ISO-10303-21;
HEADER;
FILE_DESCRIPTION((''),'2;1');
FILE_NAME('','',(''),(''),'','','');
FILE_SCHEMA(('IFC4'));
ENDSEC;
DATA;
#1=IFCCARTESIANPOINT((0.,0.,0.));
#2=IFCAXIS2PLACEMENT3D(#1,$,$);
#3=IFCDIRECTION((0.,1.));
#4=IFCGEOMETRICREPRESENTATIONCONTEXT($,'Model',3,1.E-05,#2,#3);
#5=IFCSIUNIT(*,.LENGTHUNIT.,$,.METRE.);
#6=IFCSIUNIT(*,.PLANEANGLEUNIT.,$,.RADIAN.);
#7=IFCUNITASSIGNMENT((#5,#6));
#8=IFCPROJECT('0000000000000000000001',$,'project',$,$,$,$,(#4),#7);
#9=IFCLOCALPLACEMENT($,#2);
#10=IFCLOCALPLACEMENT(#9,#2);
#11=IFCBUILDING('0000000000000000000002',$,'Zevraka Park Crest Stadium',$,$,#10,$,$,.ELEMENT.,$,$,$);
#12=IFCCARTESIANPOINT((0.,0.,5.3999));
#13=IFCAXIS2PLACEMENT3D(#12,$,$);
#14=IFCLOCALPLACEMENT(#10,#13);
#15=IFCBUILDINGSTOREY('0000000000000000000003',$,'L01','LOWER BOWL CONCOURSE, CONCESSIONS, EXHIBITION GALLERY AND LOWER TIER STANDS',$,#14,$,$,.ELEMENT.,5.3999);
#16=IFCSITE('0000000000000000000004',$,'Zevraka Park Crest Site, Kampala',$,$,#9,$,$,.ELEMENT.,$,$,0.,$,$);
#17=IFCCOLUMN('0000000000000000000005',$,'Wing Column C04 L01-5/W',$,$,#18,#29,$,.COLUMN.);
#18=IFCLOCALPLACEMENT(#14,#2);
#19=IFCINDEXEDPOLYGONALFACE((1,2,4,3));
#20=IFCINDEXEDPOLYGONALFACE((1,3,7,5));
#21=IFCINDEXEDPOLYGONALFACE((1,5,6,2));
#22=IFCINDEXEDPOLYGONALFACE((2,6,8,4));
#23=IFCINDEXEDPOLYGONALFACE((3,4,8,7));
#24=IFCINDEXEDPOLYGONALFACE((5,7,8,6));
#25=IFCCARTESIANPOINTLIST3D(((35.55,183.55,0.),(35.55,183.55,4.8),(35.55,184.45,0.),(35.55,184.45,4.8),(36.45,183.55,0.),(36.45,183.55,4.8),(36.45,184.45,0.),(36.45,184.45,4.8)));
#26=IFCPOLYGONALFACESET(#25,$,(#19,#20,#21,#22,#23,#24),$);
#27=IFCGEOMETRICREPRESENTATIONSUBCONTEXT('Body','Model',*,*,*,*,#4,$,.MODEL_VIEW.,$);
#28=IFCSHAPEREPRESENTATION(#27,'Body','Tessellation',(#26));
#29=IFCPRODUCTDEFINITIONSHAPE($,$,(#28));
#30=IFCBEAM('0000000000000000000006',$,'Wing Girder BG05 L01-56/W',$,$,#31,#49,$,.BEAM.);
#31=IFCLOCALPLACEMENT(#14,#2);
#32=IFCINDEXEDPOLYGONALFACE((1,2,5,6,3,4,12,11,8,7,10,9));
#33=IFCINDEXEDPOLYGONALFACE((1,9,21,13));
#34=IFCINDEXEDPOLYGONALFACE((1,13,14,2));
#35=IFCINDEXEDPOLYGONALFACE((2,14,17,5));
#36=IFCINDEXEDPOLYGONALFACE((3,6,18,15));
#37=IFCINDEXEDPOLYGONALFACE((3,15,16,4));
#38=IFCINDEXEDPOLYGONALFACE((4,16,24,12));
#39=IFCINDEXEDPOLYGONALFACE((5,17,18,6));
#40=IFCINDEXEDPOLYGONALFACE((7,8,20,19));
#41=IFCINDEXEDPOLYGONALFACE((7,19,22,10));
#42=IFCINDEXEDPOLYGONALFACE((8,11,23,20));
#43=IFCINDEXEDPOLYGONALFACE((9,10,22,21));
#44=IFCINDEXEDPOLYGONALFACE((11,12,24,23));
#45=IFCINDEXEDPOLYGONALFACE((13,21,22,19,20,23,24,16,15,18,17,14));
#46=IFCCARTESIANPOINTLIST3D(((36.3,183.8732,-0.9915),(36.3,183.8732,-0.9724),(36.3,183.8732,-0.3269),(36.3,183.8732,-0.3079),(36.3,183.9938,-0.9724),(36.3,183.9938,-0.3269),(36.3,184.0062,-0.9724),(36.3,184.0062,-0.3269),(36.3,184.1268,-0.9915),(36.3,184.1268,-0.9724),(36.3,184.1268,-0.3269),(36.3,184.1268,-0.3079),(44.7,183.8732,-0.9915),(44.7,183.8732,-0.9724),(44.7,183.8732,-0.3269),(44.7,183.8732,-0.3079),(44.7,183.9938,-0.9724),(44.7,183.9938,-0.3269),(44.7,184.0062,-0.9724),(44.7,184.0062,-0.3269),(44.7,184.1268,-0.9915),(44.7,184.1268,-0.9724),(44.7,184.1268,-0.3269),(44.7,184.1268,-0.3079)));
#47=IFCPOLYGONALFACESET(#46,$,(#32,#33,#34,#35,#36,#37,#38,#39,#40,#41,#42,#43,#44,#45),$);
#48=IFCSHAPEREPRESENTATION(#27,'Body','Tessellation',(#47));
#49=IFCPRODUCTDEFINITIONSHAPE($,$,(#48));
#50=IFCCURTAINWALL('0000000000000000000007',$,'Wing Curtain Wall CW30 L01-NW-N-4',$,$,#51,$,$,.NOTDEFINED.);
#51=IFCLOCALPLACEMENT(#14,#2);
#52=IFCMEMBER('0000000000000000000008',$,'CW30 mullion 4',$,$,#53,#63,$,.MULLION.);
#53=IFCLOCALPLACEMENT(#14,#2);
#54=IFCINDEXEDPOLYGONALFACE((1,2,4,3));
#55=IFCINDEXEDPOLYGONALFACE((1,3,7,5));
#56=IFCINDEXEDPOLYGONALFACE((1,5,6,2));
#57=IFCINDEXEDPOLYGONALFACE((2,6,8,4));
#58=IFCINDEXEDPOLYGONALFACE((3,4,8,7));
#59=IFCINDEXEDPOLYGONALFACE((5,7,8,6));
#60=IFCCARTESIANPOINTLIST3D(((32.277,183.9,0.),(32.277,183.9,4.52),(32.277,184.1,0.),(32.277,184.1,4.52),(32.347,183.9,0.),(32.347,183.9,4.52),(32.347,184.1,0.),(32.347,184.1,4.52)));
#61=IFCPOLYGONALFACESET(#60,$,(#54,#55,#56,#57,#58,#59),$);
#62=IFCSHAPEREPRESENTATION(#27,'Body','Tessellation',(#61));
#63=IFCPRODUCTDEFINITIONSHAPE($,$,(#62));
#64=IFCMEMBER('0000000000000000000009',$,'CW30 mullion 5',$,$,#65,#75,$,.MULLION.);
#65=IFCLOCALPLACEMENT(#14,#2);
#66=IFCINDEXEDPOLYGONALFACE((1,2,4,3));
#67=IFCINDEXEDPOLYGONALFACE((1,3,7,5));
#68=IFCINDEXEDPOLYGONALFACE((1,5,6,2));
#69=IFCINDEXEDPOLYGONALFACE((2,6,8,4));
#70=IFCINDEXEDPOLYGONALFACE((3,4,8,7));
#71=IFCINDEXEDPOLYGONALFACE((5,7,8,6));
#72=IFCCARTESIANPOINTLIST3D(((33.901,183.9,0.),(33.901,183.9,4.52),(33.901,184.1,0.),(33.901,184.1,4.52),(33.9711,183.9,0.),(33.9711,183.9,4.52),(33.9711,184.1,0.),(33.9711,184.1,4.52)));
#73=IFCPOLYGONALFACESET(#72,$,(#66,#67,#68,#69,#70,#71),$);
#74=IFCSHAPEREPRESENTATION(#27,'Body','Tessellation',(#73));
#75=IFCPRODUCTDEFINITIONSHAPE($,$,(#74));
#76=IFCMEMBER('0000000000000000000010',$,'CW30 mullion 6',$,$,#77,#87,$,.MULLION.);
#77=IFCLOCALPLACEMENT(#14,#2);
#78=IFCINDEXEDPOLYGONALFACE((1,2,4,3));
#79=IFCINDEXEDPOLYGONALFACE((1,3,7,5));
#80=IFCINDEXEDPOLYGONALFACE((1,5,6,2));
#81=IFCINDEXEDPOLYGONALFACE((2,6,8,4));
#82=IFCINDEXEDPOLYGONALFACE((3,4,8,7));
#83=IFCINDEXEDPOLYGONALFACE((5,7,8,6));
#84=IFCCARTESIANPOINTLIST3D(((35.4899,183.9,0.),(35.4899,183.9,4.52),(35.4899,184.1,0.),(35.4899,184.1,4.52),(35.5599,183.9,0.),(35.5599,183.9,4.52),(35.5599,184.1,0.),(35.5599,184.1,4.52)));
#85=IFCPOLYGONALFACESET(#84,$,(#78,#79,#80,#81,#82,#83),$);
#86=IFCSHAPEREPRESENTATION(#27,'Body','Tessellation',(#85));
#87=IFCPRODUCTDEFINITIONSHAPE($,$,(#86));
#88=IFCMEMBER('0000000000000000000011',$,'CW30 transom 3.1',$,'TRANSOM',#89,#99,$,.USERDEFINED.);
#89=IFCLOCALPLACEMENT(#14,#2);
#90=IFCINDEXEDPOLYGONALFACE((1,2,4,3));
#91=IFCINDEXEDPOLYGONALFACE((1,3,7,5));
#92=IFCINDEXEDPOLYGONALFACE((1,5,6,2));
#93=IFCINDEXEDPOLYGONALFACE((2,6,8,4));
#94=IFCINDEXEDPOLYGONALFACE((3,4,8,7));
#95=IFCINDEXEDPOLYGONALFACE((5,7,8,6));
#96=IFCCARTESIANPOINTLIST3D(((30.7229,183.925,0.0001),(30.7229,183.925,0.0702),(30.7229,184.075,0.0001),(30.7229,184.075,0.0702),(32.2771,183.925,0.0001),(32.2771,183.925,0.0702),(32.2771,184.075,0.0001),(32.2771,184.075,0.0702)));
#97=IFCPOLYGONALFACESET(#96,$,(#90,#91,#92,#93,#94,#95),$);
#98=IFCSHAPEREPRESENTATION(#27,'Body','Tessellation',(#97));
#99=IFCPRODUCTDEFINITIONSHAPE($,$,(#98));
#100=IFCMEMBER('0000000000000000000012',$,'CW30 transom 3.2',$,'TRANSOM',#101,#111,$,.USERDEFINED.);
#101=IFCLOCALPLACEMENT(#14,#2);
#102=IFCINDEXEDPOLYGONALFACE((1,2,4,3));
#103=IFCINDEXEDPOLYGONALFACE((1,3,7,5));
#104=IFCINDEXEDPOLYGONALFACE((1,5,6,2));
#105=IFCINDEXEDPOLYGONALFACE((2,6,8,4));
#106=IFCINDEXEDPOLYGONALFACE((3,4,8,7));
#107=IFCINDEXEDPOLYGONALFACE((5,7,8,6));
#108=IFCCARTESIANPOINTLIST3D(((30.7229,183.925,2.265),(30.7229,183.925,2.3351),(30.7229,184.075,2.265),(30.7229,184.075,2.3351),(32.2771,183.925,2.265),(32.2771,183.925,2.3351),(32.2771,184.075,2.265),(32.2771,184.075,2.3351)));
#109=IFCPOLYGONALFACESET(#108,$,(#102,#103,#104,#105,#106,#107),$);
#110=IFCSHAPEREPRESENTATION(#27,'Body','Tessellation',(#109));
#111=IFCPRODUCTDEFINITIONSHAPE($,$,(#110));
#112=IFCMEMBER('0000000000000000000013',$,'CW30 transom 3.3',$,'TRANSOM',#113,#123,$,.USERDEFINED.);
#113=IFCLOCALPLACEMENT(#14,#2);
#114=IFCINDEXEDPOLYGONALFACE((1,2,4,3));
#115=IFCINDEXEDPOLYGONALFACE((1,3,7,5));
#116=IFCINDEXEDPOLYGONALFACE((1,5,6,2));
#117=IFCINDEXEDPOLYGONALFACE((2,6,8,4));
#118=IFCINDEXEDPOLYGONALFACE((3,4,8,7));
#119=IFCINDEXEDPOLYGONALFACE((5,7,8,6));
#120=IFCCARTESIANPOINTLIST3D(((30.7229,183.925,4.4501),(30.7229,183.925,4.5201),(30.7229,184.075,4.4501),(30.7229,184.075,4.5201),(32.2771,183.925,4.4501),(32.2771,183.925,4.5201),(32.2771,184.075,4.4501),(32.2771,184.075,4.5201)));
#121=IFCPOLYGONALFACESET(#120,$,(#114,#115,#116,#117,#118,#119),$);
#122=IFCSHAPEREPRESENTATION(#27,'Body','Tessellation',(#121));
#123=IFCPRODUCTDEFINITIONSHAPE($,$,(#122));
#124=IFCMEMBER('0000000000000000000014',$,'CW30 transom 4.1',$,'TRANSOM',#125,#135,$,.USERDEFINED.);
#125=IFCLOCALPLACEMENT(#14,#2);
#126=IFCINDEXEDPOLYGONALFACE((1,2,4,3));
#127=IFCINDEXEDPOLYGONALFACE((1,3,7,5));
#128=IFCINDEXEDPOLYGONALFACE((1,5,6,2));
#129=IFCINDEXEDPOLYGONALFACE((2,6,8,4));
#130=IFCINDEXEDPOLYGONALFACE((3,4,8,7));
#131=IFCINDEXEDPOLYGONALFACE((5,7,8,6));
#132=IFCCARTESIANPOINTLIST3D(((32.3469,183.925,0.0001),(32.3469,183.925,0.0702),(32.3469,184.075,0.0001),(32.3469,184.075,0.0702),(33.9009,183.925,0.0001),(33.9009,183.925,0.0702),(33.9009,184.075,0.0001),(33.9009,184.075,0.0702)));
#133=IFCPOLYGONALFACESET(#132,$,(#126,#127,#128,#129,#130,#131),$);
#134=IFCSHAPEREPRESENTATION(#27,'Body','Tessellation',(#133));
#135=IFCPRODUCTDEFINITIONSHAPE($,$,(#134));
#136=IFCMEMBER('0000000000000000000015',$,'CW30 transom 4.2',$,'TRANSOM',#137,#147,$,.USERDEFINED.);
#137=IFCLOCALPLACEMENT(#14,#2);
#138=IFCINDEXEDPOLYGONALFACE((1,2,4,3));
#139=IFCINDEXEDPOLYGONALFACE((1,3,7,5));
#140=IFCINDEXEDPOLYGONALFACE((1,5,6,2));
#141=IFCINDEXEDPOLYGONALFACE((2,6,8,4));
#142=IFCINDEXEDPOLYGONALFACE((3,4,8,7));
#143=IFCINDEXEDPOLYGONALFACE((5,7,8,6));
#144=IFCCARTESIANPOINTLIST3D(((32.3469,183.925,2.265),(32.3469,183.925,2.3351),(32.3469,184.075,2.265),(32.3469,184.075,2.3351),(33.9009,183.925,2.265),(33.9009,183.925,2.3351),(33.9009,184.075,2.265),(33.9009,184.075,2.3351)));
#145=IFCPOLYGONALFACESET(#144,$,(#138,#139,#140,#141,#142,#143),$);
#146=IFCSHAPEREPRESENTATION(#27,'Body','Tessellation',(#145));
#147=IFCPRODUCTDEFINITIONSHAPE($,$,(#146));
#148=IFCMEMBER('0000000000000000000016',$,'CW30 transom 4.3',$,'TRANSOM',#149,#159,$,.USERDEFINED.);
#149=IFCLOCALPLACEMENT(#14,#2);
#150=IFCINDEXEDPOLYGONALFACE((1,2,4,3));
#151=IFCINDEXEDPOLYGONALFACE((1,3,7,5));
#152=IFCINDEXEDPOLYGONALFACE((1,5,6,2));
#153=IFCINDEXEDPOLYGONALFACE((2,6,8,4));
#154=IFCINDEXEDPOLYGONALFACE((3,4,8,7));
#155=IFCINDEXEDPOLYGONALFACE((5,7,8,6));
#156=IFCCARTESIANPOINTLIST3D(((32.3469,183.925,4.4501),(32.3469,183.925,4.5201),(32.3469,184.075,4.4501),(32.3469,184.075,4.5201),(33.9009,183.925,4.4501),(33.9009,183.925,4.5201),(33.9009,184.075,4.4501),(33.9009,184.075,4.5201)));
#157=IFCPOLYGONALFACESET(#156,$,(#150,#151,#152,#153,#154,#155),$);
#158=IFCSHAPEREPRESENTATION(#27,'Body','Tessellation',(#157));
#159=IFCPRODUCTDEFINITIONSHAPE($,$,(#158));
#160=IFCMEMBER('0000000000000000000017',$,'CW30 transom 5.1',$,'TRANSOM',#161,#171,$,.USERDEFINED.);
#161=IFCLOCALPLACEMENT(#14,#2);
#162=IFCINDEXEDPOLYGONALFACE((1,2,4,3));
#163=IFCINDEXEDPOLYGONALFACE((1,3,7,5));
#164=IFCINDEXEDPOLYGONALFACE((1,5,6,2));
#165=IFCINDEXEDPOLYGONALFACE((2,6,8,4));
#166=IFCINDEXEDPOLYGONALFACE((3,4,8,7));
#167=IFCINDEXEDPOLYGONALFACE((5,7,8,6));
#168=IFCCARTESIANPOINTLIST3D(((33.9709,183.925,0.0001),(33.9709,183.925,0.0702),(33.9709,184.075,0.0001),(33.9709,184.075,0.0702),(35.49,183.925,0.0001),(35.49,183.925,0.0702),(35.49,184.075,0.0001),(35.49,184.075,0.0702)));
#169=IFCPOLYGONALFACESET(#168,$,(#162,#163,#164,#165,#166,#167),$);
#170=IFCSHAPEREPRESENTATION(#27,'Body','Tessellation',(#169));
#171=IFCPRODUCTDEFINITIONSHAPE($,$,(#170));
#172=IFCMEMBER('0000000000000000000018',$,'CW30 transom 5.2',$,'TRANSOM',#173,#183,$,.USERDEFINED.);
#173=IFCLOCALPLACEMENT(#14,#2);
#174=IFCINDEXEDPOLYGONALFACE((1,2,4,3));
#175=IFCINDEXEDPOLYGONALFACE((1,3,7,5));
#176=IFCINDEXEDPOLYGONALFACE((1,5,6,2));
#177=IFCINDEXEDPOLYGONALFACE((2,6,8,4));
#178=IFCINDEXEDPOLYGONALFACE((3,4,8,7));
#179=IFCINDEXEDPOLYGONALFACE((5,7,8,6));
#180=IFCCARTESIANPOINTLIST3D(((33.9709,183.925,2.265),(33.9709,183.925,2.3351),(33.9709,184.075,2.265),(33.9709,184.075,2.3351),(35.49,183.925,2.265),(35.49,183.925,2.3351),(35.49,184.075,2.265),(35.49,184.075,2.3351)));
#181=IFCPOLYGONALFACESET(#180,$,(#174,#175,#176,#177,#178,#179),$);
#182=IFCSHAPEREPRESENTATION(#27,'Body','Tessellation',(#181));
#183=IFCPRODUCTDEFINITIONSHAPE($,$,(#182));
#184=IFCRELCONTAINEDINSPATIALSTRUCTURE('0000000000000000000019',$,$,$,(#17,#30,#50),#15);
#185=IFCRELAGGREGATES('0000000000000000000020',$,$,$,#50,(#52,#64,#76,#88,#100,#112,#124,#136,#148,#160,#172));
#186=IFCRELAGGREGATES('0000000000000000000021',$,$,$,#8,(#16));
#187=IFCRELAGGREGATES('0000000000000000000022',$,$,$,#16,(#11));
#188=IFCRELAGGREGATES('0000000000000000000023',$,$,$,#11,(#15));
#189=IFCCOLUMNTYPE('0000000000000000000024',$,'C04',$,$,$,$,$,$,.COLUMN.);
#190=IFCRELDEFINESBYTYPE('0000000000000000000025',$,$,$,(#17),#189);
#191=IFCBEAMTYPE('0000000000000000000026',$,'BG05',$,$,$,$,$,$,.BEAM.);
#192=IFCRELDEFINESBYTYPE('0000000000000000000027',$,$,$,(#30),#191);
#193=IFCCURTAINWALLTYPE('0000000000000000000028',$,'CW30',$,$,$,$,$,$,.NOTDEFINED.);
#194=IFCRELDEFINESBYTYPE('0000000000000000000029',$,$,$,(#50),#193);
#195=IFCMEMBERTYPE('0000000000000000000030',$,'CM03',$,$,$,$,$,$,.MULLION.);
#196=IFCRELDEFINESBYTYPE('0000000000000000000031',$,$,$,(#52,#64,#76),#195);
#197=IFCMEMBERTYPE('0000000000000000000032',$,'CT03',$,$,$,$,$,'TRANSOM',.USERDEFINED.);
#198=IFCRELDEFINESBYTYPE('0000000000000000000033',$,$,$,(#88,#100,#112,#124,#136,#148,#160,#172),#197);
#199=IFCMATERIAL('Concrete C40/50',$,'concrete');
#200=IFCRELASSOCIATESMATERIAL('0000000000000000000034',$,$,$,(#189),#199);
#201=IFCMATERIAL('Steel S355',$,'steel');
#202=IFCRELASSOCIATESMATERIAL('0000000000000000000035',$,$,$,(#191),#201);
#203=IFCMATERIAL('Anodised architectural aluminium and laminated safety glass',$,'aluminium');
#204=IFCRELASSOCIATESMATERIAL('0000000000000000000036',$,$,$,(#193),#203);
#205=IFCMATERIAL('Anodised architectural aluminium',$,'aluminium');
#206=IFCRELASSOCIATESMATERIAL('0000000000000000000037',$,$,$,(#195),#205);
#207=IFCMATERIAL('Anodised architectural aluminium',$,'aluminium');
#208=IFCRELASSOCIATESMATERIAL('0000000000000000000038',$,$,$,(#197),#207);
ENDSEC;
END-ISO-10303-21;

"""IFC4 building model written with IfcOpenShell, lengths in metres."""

from ifc_helpers import new_model, si_unit, direction, frame, origin, origin_2d, place, context, subcontext, project, spatial, rectangle, i_section, extrude, material, material_profile, profile_set, type_object, element, aggregate, save


model = new_model("IFC4")

# Units and contexts
model_context = context("Model", 3, precision=1e-05, world=origin(), true_north=direction((0.0, 1.0)))
body_context = subcontext(model_context, "Body", "Model", "MODEL_VIEW")
ifc_project = project(units=[si_unit("LENGTHUNIT", "METRE"), si_unit("PLANEANGLEUNIT", "RADIAN")], contexts=[model_context])

# Site, building, storey
site_placement = place(None, origin())
site = spatial("IfcSite", under=ifc_project, at=site_placement, Name="Zevraka Park Crest Site, Kampala", CompositionType="ELEMENT", RefElevation=0.0)
building_placement = place(site_placement, origin())
building = spatial("IfcBuilding", under=site, at=building_placement, Name="Zevraka Park Crest Stadium", CompositionType="ELEMENT")
storey_placement = place(building_placement, frame((0.0, 0.0, 5.3999)))
storey = spatial("IfcBuildingStorey", under=building, at=storey_placement, Name="L01", Description="LOWER BOWL CONCOURSE, CONCESSIONS, EXHIBITION GALLERY AND LOWER TIER STANDS", CompositionType="ELEMENT", Elevation=5.3999)

# Column
ifc_material_1 = material(Name="Concrete C40/50", Category="concrete")
ifc_material_profile_1 = material_profile(ifc_material_1, rectangle(XDim=0.8999, YDim=0.8999, at=origin_2d()), Name="RC 900x900")
ifc_profile_set_1 = profile_set([ifc_material_profile_1], Name="Concrete C40/50")
column_type = type_object("IfcColumnType", Name="C04", PredefinedType="COLUMN", material=ifc_profile_set_1)
column_placement = place(storey_placement, frame((36.0, 184.0, 0.0), z_axis=(0.0, 0.0, 1.0), x_axis=(1.0, 0.0, 0.0)))
element("IfcColumn", 1, at=column_placement, inside=storey, type_object=column_type, Name="Wing Column C04 L01-5/W", PredefinedType="COLUMN", context=body_context, shape_type="SweptSolid", body=[
    extrude(rectangle(XDim=0.8999, YDim=0.8999, at=origin_2d()), origin(), (0.0, 0.0, 1.0), 4.8),
])

# Beam
ifc_material_2 = material(Name="Steel S355", Category="steel")
ifc_material_profile_2 = material_profile(ifc_material_2, i_section(OverallWidth=0.2537, OverallDepth=0.6836, WebThickness=0.0125, FlangeThickness=0.019, at=origin_2d()), Name="UKB 686x254x140")
ifc_profile_set_2 = profile_set([ifc_material_profile_2], Name="Steel S355")
beam_type = type_object("IfcBeamType", Name="BG05", PredefinedType="BEAM", material=ifc_profile_set_2)
beam_placement = place(storey_placement, frame((36.3, 184.0, -0.6497), z_axis=(1.0, 0.0, 0.0), x_axis=(0.0, 1.0, 0.0)))
element("IfcBeam", 2, at=beam_placement, inside=storey, type_object=beam_type, Name="Wing Girder BG05 L01-56/W", PredefinedType="BEAM", context=body_context, shape_type="SweptSolid", body=[
    extrude(i_section(OverallWidth=0.2537, OverallDepth=0.6836, WebThickness=0.0125, FlangeThickness=0.019, at=origin_2d()), origin(), (0.0, 0.0, 1.0), 8.3999),
])

# Curtain wall, members
ifc_material_3 = material(Name="Anodised architectural aluminium and laminated safety glass", Category="aluminium")
curtain_wall_type = type_object("IfcCurtainWallType", Name="CW30", PredefinedType="NOTDEFINED", material=ifc_material_3)
curtain_wall_placement = place(storey_placement, origin())
curtain_wall = element("IfcCurtainWall", 3, at=curtain_wall_placement, inside=storey, type_object=curtain_wall_type, Name="Wing Curtain Wall CW30 L01-NW-N-4", PredefinedType="NOTDEFINED")
ifc_material_4 = material(Name="Anodised architectural aluminium", Category="aluminium")
ifc_material_profile_3 = material_profile(ifc_material_4, rectangle(XDim=0.2, YDim=0.0701, at=origin_2d()), Name="ALU MULLION 200x70")
ifc_profile_set_3 = profile_set([ifc_material_profile_3], Name="Anodised architectural aluminium")
member_type_1 = type_object("IfcMemberType", Name="CM03", PredefinedType="MULLION", material=ifc_profile_set_3)
member_1_placement = place(storey_placement, frame((32.312, 184.0, 0.0), z_axis=(0.0, 0.0, 1.0), x_axis=(0.0, 1.0, 0.0)))
member_1 = element("IfcMember", 4, at=member_1_placement, type_object=member_type_1, Name="CW30 mullion 4", PredefinedType="MULLION", context=body_context, shape_type="SweptSolid", body=[
    extrude(rectangle(XDim=0.2, YDim=0.0701, at=origin_2d()), origin(), (0.0, 0.0, 1.0), 4.52),
])
member_2_placement = place(storey_placement, frame((33.936, 184.0, 0.0), z_axis=(0.0, 0.0, 1.0), x_axis=(0.0, 1.0, 0.0)))
member_2 = element("IfcMember", 5, at=member_2_placement, type_object=member_type_1, Name="CW30 mullion 5", PredefinedType="MULLION", context=body_context, shape_type="SweptSolid", body=[
    extrude(rectangle(XDim=0.2, YDim=0.0701, at=origin_2d()), origin(), (0.0, 0.0, 1.0), 4.52),
])
member_3_placement = place(storey_placement, frame((35.5249, 184.0, 0.0), z_axis=(0.0, 0.0, 1.0), x_axis=(0.0, 1.0, 0.0)))
member_3 = element("IfcMember", 6, at=member_3_placement, type_object=member_type_1, Name="CW30 mullion 6", PredefinedType="MULLION", context=body_context, shape_type="SweptSolid", body=[
    extrude(rectangle(XDim=0.2, YDim=0.0701, at=origin_2d()), origin(), (0.0, 0.0, 1.0), 4.52),
])
ifc_material_5 = material(Name="Anodised architectural aluminium", Category="aluminium")
ifc_material_profile_4 = material_profile(ifc_material_5, rectangle(XDim=0.1499, YDim=0.0701, at=origin_2d()), Name="ALU TRANSOM 150x70")
ifc_profile_set_4 = profile_set([ifc_material_profile_4], Name="Anodised architectural aluminium")
member_type_2 = type_object("IfcMemberType", Name="CT03", ElementType="TRANSOM", PredefinedType="USERDEFINED", material=ifc_profile_set_4)
member_4_placement = place(storey_placement, frame((30.7229, 184.0, 0.0352), z_axis=(1.0, 0.0, 0.0), x_axis=(0.0, 1.0, 0.0)))
member_4 = element("IfcMember", 7, at=member_4_placement, type_object=member_type_2, Name="CW30 transom 3.1", ObjectType="TRANSOM", PredefinedType="USERDEFINED", context=body_context, shape_type="SweptSolid", body=[
    extrude(rectangle(XDim=0.1499, YDim=0.0701, at=origin_2d()), origin(), (0.0, 0.0, 1.0), 1.5542),
])
member_5_placement = place(storey_placement, frame((30.7229, 184.0, 2.3), z_axis=(1.0, 0.0, 0.0), x_axis=(0.0, 1.0, 0.0)))
member_5 = element("IfcMember", 8, at=member_5_placement, type_object=member_type_2, Name="CW30 transom 3.2", ObjectType="TRANSOM", PredefinedType="USERDEFINED", context=body_context, shape_type="SweptSolid", body=[
    extrude(rectangle(XDim=0.1499, YDim=0.0701, at=origin_2d()), origin(), (0.0, 0.0, 1.0), 1.5542),
])
member_6_placement = place(storey_placement, frame((30.7229, 184.0, 4.4851), z_axis=(1.0, 0.0, 0.0), x_axis=(0.0, 1.0, 0.0)))
member_6 = element("IfcMember", 9, at=member_6_placement, type_object=member_type_2, Name="CW30 transom 3.3", ObjectType="TRANSOM", PredefinedType="USERDEFINED", context=body_context, shape_type="SweptSolid", body=[
    extrude(rectangle(XDim=0.1499, YDim=0.0701, at=origin_2d()), origin(), (0.0, 0.0, 1.0), 1.5542),
])
member_7_placement = place(storey_placement, frame((32.3469, 184.0, 0.0352), z_axis=(1.0, 0.0, 0.0), x_axis=(0.0, 1.0, 0.0)))
member_7 = element("IfcMember", 10, at=member_7_placement, type_object=member_type_2, Name="CW30 transom 4.1", ObjectType="TRANSOM", PredefinedType="USERDEFINED", context=body_context, shape_type="SweptSolid", body=[
    extrude(rectangle(XDim=0.1499, YDim=0.0701, at=origin_2d()), origin(), (0.0, 0.0, 1.0), 1.554),
])
member_8_placement = place(storey_placement, frame((32.3469, 184.0, 2.3), z_axis=(1.0, 0.0, 0.0), x_axis=(0.0, 1.0, 0.0)))
member_8 = element("IfcMember", 11, at=member_8_placement, type_object=member_type_2, Name="CW30 transom 4.2", ObjectType="TRANSOM", PredefinedType="USERDEFINED", context=body_context, shape_type="SweptSolid", body=[
    extrude(rectangle(XDim=0.1499, YDim=0.0701, at=origin_2d()), origin(), (0.0, 0.0, 1.0), 1.554),
])
member_9_placement = place(storey_placement, frame((32.3469, 184.0, 4.4851), z_axis=(1.0, 0.0, 0.0), x_axis=(0.0, 1.0, 0.0)))
member_9 = element("IfcMember", 12, at=member_9_placement, type_object=member_type_2, Name="CW30 transom 4.3", ObjectType="TRANSOM", PredefinedType="USERDEFINED", context=body_context, shape_type="SweptSolid", body=[
    extrude(rectangle(XDim=0.1499, YDim=0.0701, at=origin_2d()), origin(), (0.0, 0.0, 1.0), 1.554),
])
member_10_placement = place(storey_placement, frame((33.9709, 184.0, 0.0352), z_axis=(1.0, 0.0, 0.0), x_axis=(0.0, 1.0, 0.0)))
member_10 = element("IfcMember", 13, at=member_10_placement, type_object=member_type_2, Name="CW30 transom 5.1", ObjectType="TRANSOM", PredefinedType="USERDEFINED", context=body_context, shape_type="SweptSolid", body=[
    extrude(rectangle(XDim=0.1499, YDim=0.0701, at=origin_2d()), origin(), (0.0, 0.0, 1.0), 1.519),
])
member_11_placement = place(storey_placement, frame((33.9709, 184.0, 2.3), z_axis=(1.0, 0.0, 0.0), x_axis=(0.0, 1.0, 0.0)))
member_11 = element("IfcMember", 14, at=member_11_placement, type_object=member_type_2, Name="CW30 transom 5.2", ObjectType="TRANSOM", PredefinedType="USERDEFINED", context=body_context, shape_type="SweptSolid", body=[
    extrude(rectangle(XDim=0.1499, YDim=0.0701, at=origin_2d()), origin(), (0.0, 0.0, 1.0), 1.519),
])
aggregate(curtain_wall, [member_1, member_2, member_3, member_4, member_5, member_6, member_7, member_8, member_9, member_10, member_11])

save(model, "model.ifc")
